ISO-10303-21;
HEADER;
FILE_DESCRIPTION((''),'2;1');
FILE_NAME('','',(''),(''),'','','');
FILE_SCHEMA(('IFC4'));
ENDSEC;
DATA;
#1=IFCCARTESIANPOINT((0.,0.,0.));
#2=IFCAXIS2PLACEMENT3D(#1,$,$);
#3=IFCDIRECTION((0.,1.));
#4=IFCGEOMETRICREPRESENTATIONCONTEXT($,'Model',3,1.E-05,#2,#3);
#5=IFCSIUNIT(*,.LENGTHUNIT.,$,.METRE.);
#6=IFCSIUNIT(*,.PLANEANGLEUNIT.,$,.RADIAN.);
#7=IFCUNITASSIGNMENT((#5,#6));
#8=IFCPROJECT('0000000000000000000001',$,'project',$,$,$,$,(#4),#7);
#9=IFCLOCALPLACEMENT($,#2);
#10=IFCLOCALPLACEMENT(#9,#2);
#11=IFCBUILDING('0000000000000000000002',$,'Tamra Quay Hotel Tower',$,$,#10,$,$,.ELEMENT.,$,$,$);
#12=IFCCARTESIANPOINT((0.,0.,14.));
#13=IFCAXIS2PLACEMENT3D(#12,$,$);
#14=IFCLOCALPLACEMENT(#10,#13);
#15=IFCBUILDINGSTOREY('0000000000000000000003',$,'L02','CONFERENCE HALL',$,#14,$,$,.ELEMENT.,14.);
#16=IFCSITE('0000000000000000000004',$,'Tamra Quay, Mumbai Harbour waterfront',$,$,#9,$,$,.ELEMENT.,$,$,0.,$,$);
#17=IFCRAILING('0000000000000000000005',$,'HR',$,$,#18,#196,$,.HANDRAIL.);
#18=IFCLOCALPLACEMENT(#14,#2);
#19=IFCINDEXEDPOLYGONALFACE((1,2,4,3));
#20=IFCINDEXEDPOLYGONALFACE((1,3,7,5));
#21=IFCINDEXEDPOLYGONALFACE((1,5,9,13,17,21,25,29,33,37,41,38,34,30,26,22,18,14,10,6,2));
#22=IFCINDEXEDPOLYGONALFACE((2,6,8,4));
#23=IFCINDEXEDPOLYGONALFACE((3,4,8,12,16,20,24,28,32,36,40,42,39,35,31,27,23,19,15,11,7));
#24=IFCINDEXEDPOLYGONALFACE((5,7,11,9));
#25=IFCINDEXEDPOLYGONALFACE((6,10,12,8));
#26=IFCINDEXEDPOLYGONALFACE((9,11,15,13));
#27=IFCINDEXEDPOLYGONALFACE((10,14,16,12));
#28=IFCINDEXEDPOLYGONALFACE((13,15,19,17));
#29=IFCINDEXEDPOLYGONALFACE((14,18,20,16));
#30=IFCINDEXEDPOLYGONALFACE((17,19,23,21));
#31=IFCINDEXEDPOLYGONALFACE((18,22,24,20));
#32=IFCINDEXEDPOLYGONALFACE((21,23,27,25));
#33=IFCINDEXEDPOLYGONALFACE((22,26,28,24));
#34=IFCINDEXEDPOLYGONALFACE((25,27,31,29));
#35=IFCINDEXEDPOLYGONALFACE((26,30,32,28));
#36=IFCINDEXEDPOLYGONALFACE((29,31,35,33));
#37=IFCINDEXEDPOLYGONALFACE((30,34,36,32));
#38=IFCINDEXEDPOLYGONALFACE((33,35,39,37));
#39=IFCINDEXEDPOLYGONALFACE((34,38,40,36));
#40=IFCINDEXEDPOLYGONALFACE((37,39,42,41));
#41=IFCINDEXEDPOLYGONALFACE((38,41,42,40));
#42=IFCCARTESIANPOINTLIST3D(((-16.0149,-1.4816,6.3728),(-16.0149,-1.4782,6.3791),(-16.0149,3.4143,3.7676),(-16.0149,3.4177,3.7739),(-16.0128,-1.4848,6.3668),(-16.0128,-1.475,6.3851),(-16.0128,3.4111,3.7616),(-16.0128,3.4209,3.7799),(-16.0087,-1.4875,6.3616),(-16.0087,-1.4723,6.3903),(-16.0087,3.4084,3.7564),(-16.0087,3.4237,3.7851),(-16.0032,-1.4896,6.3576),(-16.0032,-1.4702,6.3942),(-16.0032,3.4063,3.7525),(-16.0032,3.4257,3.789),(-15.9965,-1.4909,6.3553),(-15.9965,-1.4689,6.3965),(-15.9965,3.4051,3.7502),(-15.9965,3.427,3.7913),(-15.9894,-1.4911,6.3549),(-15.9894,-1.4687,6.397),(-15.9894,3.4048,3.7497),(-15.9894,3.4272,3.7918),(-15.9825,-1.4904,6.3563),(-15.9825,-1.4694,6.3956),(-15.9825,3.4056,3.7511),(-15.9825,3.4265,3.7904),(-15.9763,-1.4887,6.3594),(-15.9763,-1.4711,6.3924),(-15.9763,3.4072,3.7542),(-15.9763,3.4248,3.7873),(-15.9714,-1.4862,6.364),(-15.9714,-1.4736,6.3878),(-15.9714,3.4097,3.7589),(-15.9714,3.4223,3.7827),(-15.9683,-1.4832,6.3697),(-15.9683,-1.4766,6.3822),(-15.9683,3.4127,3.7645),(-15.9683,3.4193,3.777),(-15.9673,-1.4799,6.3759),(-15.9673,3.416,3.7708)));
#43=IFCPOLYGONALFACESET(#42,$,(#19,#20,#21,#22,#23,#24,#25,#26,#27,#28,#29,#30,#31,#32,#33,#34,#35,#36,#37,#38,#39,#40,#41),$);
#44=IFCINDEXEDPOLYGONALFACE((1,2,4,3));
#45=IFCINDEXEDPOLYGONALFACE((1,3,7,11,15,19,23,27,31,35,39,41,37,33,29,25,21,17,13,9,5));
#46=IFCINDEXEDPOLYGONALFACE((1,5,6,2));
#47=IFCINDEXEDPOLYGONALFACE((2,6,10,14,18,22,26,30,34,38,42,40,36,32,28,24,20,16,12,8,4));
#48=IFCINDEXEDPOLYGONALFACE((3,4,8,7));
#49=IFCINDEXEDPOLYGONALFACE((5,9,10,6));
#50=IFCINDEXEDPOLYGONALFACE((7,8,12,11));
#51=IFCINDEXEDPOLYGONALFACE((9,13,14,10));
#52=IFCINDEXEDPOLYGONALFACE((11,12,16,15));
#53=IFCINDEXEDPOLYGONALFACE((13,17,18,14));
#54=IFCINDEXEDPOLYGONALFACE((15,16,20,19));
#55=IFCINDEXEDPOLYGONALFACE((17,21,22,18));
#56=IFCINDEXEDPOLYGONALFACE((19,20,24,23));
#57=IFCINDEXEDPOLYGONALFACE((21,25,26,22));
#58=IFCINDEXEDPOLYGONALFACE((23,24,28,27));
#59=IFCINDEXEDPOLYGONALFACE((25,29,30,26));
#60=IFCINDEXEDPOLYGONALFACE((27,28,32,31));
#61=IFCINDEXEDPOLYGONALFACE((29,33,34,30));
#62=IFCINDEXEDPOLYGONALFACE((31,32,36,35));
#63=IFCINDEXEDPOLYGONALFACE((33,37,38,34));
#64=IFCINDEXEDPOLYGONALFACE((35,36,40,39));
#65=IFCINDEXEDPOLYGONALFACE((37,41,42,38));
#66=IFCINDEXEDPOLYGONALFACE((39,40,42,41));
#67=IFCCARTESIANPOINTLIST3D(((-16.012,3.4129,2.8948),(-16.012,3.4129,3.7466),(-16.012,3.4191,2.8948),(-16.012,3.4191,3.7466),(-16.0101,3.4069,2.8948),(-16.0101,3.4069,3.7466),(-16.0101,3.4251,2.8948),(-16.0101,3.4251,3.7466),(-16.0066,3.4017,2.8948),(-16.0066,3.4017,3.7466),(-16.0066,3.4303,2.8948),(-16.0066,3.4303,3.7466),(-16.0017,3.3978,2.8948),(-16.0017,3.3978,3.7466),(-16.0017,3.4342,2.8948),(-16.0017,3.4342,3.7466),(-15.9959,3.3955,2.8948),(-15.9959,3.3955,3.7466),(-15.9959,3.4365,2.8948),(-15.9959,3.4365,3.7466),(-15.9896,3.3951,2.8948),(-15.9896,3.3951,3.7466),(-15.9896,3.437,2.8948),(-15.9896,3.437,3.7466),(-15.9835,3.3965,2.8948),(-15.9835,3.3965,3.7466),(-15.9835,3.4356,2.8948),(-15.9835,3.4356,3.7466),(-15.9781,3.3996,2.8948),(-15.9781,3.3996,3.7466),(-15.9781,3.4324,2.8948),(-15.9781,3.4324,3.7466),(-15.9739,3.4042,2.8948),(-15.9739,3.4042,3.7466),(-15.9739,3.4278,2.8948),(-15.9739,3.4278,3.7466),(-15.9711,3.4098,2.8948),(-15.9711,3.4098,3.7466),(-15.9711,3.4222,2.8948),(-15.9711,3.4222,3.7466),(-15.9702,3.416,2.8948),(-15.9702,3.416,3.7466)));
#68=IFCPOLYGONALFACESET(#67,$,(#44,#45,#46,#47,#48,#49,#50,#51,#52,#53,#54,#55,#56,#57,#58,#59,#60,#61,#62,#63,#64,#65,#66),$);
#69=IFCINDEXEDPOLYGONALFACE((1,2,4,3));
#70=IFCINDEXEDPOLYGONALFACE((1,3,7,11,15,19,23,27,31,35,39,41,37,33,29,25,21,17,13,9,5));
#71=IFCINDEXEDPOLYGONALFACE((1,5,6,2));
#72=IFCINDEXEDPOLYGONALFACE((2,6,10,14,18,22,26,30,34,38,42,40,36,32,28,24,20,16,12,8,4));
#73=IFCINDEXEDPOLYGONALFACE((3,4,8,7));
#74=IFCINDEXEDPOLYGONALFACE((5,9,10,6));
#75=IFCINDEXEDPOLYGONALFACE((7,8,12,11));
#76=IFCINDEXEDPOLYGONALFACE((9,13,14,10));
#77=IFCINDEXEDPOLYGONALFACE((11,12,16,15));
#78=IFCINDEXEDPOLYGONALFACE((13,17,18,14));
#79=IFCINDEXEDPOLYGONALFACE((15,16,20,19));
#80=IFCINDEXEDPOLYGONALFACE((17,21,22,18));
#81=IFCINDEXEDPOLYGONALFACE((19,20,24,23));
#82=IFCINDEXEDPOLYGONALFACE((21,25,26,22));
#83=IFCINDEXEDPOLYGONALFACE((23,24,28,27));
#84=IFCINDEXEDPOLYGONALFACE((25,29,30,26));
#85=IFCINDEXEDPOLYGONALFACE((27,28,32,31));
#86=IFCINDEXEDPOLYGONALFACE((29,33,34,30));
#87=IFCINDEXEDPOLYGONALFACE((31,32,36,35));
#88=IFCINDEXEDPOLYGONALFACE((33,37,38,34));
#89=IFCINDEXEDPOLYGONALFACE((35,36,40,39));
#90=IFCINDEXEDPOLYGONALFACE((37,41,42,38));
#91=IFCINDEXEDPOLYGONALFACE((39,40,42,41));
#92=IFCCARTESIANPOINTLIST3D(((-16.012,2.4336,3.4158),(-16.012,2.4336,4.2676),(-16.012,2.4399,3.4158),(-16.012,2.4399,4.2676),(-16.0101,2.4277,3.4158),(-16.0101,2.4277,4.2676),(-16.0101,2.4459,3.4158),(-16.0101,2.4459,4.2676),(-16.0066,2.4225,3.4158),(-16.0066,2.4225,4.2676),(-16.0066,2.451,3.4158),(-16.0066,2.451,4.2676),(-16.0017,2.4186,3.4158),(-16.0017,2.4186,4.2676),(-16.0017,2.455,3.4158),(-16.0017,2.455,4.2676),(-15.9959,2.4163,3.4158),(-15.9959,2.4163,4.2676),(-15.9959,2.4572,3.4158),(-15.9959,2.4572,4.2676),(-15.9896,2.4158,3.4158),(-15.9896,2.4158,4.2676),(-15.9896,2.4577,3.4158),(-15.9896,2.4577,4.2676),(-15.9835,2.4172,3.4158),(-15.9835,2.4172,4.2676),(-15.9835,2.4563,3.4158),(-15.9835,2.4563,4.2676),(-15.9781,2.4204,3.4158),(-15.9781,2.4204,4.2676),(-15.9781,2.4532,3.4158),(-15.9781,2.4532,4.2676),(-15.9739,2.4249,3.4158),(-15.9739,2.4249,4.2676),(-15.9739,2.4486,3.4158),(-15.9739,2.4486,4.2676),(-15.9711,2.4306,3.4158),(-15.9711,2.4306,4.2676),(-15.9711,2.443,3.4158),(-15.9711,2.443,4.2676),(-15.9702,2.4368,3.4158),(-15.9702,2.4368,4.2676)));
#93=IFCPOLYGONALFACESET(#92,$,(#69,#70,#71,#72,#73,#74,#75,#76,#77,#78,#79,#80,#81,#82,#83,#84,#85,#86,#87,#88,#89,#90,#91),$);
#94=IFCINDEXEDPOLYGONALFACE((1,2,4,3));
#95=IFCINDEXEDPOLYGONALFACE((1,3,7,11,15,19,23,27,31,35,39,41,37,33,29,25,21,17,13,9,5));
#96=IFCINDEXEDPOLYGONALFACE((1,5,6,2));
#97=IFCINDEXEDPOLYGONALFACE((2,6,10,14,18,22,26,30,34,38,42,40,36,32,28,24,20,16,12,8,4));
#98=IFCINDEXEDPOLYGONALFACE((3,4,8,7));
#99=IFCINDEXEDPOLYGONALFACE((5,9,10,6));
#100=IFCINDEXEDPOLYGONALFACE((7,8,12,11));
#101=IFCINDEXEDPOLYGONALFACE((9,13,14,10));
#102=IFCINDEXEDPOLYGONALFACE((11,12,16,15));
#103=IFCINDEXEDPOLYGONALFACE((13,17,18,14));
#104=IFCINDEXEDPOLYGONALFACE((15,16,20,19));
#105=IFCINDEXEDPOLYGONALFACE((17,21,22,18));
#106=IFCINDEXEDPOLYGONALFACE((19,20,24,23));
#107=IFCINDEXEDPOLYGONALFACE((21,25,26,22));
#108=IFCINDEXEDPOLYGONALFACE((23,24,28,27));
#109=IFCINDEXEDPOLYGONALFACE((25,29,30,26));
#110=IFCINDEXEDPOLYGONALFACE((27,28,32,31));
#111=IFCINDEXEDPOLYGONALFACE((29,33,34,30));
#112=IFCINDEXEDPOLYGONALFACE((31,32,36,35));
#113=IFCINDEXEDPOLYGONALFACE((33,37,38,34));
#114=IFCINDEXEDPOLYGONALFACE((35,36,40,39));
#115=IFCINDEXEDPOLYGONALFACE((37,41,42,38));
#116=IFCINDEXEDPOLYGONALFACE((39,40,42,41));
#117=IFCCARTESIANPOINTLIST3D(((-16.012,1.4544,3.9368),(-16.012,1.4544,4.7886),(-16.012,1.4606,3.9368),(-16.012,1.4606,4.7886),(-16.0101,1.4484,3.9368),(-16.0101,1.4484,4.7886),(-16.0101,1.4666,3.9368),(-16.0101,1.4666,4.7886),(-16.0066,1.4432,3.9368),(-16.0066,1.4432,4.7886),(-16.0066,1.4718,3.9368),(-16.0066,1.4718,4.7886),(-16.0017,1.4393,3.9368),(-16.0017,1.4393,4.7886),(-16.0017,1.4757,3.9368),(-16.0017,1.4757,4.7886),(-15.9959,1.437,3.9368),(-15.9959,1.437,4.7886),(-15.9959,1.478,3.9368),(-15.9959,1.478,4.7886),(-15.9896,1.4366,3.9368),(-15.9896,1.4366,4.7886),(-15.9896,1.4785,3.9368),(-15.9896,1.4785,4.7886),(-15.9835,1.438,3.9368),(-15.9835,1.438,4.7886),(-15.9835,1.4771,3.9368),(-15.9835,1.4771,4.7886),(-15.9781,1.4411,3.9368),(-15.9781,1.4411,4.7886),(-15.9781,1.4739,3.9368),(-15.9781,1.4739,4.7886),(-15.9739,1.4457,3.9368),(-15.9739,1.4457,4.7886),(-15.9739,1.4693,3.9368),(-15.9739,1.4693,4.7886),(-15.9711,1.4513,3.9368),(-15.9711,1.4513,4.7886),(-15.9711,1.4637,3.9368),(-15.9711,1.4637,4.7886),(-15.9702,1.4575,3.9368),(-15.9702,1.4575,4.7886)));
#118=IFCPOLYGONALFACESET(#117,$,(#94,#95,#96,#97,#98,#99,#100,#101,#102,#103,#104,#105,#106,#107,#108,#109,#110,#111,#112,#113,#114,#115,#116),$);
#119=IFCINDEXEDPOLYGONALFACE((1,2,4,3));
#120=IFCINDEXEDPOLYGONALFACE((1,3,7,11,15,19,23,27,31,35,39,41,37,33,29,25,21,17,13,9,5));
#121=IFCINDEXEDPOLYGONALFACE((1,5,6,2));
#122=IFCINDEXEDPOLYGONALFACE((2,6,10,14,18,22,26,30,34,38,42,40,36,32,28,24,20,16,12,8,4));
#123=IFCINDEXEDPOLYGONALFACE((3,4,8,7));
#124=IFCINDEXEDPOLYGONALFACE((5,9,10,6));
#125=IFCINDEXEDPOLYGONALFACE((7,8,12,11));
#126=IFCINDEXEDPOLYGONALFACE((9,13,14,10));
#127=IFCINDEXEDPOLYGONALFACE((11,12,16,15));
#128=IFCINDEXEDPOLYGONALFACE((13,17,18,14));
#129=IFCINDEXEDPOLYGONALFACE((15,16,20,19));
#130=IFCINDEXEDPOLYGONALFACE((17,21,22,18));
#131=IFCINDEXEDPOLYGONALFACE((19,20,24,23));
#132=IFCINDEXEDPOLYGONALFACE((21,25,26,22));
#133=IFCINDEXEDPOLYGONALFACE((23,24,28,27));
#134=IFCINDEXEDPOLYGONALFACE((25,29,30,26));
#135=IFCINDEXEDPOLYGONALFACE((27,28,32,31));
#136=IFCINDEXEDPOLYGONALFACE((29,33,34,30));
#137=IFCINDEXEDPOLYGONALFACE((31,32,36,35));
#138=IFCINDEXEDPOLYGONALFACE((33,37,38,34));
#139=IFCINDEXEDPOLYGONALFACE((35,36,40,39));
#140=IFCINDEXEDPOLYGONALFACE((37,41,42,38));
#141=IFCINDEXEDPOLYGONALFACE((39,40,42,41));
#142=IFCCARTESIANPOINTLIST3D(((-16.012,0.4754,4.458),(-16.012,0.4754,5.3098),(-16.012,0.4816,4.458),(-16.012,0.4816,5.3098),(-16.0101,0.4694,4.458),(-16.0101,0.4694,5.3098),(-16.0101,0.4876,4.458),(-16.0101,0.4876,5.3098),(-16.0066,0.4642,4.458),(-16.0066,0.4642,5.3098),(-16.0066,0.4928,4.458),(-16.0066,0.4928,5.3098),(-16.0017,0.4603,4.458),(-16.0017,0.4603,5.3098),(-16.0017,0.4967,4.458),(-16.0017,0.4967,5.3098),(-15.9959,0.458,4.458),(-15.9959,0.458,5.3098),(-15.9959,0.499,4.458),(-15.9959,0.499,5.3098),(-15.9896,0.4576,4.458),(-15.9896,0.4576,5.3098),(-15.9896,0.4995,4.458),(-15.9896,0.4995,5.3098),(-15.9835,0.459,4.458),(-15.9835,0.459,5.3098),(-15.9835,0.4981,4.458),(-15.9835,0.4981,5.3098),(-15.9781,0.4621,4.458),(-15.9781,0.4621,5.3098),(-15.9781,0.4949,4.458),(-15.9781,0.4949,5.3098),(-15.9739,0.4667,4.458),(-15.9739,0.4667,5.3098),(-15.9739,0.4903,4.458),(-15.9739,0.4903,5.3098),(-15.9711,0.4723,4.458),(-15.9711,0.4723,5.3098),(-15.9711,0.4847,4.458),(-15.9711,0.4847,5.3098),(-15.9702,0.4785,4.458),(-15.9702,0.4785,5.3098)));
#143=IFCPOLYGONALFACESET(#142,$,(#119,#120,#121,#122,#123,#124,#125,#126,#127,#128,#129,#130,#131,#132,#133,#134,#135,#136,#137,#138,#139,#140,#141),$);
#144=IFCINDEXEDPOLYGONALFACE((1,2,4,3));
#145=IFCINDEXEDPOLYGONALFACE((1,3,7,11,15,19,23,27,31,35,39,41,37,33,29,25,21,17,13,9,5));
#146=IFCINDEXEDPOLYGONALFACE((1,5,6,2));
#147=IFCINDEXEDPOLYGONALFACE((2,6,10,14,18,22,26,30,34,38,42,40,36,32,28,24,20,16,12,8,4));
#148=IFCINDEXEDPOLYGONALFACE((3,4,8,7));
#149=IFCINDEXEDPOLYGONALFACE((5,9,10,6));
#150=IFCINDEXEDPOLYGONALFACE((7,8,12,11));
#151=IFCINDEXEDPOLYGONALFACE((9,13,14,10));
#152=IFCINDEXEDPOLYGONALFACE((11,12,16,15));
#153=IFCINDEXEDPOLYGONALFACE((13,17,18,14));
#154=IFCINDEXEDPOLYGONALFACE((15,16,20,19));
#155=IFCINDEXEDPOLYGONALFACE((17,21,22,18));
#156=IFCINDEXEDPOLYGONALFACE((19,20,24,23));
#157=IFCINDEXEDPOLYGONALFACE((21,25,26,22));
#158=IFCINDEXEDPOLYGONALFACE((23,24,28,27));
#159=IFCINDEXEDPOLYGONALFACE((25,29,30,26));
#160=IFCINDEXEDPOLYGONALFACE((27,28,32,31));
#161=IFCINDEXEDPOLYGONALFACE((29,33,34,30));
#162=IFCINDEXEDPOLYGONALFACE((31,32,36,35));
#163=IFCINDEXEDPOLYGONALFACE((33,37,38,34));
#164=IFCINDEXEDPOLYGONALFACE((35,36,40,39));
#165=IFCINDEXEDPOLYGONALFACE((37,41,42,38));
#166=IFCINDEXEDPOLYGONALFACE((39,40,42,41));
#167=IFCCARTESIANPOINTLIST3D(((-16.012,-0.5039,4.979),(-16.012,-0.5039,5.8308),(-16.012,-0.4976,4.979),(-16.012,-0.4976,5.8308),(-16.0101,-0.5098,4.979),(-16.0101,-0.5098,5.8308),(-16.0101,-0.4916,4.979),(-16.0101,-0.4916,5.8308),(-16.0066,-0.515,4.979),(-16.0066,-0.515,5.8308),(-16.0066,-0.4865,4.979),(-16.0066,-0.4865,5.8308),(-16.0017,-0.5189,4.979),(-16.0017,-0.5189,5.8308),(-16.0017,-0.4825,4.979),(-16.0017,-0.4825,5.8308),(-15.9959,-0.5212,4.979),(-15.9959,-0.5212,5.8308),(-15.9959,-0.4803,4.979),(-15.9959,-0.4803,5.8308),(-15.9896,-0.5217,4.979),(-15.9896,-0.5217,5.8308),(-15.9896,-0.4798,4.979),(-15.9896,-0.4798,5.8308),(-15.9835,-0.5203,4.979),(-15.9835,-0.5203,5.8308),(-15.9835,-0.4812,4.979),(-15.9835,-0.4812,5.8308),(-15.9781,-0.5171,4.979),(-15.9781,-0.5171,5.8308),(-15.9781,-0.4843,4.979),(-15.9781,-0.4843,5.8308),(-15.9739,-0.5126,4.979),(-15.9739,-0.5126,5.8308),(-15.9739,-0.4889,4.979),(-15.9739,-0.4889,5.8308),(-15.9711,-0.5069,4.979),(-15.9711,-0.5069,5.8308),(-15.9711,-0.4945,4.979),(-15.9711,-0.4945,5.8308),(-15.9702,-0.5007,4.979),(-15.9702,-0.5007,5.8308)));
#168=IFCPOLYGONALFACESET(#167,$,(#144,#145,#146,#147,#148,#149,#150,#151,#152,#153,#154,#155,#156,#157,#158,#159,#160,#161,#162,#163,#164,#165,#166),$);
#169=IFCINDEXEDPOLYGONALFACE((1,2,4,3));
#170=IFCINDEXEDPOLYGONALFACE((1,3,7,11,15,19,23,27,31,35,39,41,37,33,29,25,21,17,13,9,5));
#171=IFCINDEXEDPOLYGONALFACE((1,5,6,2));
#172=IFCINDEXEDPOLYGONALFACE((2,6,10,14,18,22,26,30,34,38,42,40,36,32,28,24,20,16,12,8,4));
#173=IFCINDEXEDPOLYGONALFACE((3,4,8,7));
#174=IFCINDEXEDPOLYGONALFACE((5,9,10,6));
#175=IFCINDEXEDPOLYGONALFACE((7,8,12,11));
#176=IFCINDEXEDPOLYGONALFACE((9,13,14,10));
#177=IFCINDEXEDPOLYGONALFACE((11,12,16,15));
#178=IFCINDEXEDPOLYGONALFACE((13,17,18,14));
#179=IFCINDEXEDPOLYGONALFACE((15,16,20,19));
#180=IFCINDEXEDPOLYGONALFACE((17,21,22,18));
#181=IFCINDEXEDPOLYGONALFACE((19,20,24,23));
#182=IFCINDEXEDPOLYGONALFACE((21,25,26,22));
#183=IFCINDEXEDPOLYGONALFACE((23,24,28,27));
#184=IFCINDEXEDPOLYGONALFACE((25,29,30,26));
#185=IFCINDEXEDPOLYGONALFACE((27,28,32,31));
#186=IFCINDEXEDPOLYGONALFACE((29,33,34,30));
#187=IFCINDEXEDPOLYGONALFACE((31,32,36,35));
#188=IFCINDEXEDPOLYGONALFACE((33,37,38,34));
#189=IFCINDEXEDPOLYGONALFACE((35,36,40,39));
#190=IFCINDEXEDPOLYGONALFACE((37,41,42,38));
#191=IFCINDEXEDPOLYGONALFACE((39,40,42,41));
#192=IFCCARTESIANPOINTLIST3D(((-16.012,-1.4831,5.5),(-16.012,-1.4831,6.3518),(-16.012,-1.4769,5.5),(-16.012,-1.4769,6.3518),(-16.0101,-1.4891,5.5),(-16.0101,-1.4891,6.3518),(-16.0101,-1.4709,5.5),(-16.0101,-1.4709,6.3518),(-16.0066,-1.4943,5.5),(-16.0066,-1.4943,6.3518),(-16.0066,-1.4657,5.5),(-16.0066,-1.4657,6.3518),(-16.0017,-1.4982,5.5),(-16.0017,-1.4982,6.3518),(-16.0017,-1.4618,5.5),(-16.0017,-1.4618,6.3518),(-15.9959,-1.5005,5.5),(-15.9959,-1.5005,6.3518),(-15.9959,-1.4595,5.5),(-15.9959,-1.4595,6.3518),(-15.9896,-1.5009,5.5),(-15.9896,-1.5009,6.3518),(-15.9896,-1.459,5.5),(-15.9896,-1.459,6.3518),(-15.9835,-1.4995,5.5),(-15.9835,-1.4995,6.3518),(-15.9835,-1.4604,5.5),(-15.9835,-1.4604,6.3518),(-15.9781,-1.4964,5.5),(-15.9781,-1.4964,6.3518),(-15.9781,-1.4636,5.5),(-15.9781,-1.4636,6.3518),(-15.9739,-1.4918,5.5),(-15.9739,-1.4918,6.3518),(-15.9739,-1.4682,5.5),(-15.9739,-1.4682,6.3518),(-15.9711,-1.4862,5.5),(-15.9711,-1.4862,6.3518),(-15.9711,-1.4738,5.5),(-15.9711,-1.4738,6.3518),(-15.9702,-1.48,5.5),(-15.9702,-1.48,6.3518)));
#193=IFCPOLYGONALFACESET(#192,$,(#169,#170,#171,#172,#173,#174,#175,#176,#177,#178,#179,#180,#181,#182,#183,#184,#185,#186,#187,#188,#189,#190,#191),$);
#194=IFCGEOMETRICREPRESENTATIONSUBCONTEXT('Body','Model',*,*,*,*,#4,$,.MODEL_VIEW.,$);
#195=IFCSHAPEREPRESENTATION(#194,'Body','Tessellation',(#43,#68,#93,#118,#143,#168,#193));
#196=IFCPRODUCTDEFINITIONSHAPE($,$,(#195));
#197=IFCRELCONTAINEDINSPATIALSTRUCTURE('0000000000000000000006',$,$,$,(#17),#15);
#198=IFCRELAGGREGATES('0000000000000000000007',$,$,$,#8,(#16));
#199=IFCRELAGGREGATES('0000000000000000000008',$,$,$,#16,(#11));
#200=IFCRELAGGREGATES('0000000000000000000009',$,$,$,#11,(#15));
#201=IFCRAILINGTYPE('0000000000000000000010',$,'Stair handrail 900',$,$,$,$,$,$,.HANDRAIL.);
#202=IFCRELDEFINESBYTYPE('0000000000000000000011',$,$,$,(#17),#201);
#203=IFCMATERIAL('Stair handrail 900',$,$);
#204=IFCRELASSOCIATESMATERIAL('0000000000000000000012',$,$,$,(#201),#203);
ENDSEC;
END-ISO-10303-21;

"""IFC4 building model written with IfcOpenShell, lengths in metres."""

from ifc_helpers import new_model, si_unit, direction, frame, origin, origin_2d, place, context, subcontext, project, spatial, circle, extrude, material, type_object, element, save


model = new_model("IFC4")

# Units and contexts
model_context = context("Model", 3, precision=1e-05, world=origin(), true_north=direction((0.0, 1.0)))
body_context = subcontext(model_context, "Body", "Model", "MODEL_VIEW")
ifc_project = project(units=[si_unit("LENGTHUNIT", "METRE"), si_unit("PLANEANGLEUNIT", "RADIAN")], contexts=[model_context])

# Site, building, storey
site_placement = place(None, origin())
site = spatial("IfcSite", under=ifc_project, at=site_placement, Name="Tamra Quay, Mumbai Harbour waterfront", CompositionType="ELEMENT", RefElevation=0.0)
building_placement = place(site_placement, origin())
building = spatial("IfcBuilding", under=site, at=building_placement, Name="Tamra Quay Hotel Tower", CompositionType="ELEMENT")
storey_placement = place(building_placement, frame((0.0, 0.0, 14.0)))
storey = spatial("IfcBuildingStorey", under=building, at=storey_placement, Name="L02", Description="CONFERENCE HALL", CompositionType="ELEMENT", Elevation=14.0)

# Railing
ifc_material_1 = material(Name="Stair handrail 900")
railing_type_1 = type_object("IfcRailingType", Name="Stair handrail 900", PredefinedType="HANDRAIL", material=ifc_material_1)
railing_1_placement = place(storey_placement, frame((-15.9912, 3.416, 2.8948)))
element("IfcRailing", 1, at=railing_1_placement, inside=storey, type_object=railing_type_1, Name="HR", PredefinedType="HANDRAIL", context=body_context, shape_type="SweptSolid", body=[
    extrude(circle(Radius=0.0239, at=origin_2d()), frame((0.0, 0.0, 0.876), z_axis=(0.0, -0.8828, 0.469749), x_axis=(1.0, 0.0, 0.0)), (0.0, 0.0, 1.0), 5.5459),
    extrude(circle(Radius=0.021, at=origin_2d()), origin(), (0.0, 0.0, 1.0), 0.8518),
    extrude(circle(Radius=0.021, at=origin_2d()), frame((0.0, -0.9792, 0.521)), (0.0, 0.0, 1.0), 0.8518),
    extrude(circle(Radius=0.021, at=origin_2d()), frame((0.0, -1.9585, 1.042)), (0.0, 0.0, 1.0), 0.8518),
    extrude(circle(Radius=0.021, at=origin_2d()), frame((0.0, -2.9375, 1.5632)), (0.0, 0.0, 1.0), 0.8518),
    extrude(circle(Radius=0.021, at=origin_2d()), frame((0.0, -3.9167, 2.0842)), (0.0, 0.0, 1.0), 0.8518),
    extrude(circle(Radius=0.021, at=origin_2d()), frame((0.0, -4.896, 2.6052)), (0.0, 0.0, 1.0), 0.8518),
])

save(model, "model.ifc")
